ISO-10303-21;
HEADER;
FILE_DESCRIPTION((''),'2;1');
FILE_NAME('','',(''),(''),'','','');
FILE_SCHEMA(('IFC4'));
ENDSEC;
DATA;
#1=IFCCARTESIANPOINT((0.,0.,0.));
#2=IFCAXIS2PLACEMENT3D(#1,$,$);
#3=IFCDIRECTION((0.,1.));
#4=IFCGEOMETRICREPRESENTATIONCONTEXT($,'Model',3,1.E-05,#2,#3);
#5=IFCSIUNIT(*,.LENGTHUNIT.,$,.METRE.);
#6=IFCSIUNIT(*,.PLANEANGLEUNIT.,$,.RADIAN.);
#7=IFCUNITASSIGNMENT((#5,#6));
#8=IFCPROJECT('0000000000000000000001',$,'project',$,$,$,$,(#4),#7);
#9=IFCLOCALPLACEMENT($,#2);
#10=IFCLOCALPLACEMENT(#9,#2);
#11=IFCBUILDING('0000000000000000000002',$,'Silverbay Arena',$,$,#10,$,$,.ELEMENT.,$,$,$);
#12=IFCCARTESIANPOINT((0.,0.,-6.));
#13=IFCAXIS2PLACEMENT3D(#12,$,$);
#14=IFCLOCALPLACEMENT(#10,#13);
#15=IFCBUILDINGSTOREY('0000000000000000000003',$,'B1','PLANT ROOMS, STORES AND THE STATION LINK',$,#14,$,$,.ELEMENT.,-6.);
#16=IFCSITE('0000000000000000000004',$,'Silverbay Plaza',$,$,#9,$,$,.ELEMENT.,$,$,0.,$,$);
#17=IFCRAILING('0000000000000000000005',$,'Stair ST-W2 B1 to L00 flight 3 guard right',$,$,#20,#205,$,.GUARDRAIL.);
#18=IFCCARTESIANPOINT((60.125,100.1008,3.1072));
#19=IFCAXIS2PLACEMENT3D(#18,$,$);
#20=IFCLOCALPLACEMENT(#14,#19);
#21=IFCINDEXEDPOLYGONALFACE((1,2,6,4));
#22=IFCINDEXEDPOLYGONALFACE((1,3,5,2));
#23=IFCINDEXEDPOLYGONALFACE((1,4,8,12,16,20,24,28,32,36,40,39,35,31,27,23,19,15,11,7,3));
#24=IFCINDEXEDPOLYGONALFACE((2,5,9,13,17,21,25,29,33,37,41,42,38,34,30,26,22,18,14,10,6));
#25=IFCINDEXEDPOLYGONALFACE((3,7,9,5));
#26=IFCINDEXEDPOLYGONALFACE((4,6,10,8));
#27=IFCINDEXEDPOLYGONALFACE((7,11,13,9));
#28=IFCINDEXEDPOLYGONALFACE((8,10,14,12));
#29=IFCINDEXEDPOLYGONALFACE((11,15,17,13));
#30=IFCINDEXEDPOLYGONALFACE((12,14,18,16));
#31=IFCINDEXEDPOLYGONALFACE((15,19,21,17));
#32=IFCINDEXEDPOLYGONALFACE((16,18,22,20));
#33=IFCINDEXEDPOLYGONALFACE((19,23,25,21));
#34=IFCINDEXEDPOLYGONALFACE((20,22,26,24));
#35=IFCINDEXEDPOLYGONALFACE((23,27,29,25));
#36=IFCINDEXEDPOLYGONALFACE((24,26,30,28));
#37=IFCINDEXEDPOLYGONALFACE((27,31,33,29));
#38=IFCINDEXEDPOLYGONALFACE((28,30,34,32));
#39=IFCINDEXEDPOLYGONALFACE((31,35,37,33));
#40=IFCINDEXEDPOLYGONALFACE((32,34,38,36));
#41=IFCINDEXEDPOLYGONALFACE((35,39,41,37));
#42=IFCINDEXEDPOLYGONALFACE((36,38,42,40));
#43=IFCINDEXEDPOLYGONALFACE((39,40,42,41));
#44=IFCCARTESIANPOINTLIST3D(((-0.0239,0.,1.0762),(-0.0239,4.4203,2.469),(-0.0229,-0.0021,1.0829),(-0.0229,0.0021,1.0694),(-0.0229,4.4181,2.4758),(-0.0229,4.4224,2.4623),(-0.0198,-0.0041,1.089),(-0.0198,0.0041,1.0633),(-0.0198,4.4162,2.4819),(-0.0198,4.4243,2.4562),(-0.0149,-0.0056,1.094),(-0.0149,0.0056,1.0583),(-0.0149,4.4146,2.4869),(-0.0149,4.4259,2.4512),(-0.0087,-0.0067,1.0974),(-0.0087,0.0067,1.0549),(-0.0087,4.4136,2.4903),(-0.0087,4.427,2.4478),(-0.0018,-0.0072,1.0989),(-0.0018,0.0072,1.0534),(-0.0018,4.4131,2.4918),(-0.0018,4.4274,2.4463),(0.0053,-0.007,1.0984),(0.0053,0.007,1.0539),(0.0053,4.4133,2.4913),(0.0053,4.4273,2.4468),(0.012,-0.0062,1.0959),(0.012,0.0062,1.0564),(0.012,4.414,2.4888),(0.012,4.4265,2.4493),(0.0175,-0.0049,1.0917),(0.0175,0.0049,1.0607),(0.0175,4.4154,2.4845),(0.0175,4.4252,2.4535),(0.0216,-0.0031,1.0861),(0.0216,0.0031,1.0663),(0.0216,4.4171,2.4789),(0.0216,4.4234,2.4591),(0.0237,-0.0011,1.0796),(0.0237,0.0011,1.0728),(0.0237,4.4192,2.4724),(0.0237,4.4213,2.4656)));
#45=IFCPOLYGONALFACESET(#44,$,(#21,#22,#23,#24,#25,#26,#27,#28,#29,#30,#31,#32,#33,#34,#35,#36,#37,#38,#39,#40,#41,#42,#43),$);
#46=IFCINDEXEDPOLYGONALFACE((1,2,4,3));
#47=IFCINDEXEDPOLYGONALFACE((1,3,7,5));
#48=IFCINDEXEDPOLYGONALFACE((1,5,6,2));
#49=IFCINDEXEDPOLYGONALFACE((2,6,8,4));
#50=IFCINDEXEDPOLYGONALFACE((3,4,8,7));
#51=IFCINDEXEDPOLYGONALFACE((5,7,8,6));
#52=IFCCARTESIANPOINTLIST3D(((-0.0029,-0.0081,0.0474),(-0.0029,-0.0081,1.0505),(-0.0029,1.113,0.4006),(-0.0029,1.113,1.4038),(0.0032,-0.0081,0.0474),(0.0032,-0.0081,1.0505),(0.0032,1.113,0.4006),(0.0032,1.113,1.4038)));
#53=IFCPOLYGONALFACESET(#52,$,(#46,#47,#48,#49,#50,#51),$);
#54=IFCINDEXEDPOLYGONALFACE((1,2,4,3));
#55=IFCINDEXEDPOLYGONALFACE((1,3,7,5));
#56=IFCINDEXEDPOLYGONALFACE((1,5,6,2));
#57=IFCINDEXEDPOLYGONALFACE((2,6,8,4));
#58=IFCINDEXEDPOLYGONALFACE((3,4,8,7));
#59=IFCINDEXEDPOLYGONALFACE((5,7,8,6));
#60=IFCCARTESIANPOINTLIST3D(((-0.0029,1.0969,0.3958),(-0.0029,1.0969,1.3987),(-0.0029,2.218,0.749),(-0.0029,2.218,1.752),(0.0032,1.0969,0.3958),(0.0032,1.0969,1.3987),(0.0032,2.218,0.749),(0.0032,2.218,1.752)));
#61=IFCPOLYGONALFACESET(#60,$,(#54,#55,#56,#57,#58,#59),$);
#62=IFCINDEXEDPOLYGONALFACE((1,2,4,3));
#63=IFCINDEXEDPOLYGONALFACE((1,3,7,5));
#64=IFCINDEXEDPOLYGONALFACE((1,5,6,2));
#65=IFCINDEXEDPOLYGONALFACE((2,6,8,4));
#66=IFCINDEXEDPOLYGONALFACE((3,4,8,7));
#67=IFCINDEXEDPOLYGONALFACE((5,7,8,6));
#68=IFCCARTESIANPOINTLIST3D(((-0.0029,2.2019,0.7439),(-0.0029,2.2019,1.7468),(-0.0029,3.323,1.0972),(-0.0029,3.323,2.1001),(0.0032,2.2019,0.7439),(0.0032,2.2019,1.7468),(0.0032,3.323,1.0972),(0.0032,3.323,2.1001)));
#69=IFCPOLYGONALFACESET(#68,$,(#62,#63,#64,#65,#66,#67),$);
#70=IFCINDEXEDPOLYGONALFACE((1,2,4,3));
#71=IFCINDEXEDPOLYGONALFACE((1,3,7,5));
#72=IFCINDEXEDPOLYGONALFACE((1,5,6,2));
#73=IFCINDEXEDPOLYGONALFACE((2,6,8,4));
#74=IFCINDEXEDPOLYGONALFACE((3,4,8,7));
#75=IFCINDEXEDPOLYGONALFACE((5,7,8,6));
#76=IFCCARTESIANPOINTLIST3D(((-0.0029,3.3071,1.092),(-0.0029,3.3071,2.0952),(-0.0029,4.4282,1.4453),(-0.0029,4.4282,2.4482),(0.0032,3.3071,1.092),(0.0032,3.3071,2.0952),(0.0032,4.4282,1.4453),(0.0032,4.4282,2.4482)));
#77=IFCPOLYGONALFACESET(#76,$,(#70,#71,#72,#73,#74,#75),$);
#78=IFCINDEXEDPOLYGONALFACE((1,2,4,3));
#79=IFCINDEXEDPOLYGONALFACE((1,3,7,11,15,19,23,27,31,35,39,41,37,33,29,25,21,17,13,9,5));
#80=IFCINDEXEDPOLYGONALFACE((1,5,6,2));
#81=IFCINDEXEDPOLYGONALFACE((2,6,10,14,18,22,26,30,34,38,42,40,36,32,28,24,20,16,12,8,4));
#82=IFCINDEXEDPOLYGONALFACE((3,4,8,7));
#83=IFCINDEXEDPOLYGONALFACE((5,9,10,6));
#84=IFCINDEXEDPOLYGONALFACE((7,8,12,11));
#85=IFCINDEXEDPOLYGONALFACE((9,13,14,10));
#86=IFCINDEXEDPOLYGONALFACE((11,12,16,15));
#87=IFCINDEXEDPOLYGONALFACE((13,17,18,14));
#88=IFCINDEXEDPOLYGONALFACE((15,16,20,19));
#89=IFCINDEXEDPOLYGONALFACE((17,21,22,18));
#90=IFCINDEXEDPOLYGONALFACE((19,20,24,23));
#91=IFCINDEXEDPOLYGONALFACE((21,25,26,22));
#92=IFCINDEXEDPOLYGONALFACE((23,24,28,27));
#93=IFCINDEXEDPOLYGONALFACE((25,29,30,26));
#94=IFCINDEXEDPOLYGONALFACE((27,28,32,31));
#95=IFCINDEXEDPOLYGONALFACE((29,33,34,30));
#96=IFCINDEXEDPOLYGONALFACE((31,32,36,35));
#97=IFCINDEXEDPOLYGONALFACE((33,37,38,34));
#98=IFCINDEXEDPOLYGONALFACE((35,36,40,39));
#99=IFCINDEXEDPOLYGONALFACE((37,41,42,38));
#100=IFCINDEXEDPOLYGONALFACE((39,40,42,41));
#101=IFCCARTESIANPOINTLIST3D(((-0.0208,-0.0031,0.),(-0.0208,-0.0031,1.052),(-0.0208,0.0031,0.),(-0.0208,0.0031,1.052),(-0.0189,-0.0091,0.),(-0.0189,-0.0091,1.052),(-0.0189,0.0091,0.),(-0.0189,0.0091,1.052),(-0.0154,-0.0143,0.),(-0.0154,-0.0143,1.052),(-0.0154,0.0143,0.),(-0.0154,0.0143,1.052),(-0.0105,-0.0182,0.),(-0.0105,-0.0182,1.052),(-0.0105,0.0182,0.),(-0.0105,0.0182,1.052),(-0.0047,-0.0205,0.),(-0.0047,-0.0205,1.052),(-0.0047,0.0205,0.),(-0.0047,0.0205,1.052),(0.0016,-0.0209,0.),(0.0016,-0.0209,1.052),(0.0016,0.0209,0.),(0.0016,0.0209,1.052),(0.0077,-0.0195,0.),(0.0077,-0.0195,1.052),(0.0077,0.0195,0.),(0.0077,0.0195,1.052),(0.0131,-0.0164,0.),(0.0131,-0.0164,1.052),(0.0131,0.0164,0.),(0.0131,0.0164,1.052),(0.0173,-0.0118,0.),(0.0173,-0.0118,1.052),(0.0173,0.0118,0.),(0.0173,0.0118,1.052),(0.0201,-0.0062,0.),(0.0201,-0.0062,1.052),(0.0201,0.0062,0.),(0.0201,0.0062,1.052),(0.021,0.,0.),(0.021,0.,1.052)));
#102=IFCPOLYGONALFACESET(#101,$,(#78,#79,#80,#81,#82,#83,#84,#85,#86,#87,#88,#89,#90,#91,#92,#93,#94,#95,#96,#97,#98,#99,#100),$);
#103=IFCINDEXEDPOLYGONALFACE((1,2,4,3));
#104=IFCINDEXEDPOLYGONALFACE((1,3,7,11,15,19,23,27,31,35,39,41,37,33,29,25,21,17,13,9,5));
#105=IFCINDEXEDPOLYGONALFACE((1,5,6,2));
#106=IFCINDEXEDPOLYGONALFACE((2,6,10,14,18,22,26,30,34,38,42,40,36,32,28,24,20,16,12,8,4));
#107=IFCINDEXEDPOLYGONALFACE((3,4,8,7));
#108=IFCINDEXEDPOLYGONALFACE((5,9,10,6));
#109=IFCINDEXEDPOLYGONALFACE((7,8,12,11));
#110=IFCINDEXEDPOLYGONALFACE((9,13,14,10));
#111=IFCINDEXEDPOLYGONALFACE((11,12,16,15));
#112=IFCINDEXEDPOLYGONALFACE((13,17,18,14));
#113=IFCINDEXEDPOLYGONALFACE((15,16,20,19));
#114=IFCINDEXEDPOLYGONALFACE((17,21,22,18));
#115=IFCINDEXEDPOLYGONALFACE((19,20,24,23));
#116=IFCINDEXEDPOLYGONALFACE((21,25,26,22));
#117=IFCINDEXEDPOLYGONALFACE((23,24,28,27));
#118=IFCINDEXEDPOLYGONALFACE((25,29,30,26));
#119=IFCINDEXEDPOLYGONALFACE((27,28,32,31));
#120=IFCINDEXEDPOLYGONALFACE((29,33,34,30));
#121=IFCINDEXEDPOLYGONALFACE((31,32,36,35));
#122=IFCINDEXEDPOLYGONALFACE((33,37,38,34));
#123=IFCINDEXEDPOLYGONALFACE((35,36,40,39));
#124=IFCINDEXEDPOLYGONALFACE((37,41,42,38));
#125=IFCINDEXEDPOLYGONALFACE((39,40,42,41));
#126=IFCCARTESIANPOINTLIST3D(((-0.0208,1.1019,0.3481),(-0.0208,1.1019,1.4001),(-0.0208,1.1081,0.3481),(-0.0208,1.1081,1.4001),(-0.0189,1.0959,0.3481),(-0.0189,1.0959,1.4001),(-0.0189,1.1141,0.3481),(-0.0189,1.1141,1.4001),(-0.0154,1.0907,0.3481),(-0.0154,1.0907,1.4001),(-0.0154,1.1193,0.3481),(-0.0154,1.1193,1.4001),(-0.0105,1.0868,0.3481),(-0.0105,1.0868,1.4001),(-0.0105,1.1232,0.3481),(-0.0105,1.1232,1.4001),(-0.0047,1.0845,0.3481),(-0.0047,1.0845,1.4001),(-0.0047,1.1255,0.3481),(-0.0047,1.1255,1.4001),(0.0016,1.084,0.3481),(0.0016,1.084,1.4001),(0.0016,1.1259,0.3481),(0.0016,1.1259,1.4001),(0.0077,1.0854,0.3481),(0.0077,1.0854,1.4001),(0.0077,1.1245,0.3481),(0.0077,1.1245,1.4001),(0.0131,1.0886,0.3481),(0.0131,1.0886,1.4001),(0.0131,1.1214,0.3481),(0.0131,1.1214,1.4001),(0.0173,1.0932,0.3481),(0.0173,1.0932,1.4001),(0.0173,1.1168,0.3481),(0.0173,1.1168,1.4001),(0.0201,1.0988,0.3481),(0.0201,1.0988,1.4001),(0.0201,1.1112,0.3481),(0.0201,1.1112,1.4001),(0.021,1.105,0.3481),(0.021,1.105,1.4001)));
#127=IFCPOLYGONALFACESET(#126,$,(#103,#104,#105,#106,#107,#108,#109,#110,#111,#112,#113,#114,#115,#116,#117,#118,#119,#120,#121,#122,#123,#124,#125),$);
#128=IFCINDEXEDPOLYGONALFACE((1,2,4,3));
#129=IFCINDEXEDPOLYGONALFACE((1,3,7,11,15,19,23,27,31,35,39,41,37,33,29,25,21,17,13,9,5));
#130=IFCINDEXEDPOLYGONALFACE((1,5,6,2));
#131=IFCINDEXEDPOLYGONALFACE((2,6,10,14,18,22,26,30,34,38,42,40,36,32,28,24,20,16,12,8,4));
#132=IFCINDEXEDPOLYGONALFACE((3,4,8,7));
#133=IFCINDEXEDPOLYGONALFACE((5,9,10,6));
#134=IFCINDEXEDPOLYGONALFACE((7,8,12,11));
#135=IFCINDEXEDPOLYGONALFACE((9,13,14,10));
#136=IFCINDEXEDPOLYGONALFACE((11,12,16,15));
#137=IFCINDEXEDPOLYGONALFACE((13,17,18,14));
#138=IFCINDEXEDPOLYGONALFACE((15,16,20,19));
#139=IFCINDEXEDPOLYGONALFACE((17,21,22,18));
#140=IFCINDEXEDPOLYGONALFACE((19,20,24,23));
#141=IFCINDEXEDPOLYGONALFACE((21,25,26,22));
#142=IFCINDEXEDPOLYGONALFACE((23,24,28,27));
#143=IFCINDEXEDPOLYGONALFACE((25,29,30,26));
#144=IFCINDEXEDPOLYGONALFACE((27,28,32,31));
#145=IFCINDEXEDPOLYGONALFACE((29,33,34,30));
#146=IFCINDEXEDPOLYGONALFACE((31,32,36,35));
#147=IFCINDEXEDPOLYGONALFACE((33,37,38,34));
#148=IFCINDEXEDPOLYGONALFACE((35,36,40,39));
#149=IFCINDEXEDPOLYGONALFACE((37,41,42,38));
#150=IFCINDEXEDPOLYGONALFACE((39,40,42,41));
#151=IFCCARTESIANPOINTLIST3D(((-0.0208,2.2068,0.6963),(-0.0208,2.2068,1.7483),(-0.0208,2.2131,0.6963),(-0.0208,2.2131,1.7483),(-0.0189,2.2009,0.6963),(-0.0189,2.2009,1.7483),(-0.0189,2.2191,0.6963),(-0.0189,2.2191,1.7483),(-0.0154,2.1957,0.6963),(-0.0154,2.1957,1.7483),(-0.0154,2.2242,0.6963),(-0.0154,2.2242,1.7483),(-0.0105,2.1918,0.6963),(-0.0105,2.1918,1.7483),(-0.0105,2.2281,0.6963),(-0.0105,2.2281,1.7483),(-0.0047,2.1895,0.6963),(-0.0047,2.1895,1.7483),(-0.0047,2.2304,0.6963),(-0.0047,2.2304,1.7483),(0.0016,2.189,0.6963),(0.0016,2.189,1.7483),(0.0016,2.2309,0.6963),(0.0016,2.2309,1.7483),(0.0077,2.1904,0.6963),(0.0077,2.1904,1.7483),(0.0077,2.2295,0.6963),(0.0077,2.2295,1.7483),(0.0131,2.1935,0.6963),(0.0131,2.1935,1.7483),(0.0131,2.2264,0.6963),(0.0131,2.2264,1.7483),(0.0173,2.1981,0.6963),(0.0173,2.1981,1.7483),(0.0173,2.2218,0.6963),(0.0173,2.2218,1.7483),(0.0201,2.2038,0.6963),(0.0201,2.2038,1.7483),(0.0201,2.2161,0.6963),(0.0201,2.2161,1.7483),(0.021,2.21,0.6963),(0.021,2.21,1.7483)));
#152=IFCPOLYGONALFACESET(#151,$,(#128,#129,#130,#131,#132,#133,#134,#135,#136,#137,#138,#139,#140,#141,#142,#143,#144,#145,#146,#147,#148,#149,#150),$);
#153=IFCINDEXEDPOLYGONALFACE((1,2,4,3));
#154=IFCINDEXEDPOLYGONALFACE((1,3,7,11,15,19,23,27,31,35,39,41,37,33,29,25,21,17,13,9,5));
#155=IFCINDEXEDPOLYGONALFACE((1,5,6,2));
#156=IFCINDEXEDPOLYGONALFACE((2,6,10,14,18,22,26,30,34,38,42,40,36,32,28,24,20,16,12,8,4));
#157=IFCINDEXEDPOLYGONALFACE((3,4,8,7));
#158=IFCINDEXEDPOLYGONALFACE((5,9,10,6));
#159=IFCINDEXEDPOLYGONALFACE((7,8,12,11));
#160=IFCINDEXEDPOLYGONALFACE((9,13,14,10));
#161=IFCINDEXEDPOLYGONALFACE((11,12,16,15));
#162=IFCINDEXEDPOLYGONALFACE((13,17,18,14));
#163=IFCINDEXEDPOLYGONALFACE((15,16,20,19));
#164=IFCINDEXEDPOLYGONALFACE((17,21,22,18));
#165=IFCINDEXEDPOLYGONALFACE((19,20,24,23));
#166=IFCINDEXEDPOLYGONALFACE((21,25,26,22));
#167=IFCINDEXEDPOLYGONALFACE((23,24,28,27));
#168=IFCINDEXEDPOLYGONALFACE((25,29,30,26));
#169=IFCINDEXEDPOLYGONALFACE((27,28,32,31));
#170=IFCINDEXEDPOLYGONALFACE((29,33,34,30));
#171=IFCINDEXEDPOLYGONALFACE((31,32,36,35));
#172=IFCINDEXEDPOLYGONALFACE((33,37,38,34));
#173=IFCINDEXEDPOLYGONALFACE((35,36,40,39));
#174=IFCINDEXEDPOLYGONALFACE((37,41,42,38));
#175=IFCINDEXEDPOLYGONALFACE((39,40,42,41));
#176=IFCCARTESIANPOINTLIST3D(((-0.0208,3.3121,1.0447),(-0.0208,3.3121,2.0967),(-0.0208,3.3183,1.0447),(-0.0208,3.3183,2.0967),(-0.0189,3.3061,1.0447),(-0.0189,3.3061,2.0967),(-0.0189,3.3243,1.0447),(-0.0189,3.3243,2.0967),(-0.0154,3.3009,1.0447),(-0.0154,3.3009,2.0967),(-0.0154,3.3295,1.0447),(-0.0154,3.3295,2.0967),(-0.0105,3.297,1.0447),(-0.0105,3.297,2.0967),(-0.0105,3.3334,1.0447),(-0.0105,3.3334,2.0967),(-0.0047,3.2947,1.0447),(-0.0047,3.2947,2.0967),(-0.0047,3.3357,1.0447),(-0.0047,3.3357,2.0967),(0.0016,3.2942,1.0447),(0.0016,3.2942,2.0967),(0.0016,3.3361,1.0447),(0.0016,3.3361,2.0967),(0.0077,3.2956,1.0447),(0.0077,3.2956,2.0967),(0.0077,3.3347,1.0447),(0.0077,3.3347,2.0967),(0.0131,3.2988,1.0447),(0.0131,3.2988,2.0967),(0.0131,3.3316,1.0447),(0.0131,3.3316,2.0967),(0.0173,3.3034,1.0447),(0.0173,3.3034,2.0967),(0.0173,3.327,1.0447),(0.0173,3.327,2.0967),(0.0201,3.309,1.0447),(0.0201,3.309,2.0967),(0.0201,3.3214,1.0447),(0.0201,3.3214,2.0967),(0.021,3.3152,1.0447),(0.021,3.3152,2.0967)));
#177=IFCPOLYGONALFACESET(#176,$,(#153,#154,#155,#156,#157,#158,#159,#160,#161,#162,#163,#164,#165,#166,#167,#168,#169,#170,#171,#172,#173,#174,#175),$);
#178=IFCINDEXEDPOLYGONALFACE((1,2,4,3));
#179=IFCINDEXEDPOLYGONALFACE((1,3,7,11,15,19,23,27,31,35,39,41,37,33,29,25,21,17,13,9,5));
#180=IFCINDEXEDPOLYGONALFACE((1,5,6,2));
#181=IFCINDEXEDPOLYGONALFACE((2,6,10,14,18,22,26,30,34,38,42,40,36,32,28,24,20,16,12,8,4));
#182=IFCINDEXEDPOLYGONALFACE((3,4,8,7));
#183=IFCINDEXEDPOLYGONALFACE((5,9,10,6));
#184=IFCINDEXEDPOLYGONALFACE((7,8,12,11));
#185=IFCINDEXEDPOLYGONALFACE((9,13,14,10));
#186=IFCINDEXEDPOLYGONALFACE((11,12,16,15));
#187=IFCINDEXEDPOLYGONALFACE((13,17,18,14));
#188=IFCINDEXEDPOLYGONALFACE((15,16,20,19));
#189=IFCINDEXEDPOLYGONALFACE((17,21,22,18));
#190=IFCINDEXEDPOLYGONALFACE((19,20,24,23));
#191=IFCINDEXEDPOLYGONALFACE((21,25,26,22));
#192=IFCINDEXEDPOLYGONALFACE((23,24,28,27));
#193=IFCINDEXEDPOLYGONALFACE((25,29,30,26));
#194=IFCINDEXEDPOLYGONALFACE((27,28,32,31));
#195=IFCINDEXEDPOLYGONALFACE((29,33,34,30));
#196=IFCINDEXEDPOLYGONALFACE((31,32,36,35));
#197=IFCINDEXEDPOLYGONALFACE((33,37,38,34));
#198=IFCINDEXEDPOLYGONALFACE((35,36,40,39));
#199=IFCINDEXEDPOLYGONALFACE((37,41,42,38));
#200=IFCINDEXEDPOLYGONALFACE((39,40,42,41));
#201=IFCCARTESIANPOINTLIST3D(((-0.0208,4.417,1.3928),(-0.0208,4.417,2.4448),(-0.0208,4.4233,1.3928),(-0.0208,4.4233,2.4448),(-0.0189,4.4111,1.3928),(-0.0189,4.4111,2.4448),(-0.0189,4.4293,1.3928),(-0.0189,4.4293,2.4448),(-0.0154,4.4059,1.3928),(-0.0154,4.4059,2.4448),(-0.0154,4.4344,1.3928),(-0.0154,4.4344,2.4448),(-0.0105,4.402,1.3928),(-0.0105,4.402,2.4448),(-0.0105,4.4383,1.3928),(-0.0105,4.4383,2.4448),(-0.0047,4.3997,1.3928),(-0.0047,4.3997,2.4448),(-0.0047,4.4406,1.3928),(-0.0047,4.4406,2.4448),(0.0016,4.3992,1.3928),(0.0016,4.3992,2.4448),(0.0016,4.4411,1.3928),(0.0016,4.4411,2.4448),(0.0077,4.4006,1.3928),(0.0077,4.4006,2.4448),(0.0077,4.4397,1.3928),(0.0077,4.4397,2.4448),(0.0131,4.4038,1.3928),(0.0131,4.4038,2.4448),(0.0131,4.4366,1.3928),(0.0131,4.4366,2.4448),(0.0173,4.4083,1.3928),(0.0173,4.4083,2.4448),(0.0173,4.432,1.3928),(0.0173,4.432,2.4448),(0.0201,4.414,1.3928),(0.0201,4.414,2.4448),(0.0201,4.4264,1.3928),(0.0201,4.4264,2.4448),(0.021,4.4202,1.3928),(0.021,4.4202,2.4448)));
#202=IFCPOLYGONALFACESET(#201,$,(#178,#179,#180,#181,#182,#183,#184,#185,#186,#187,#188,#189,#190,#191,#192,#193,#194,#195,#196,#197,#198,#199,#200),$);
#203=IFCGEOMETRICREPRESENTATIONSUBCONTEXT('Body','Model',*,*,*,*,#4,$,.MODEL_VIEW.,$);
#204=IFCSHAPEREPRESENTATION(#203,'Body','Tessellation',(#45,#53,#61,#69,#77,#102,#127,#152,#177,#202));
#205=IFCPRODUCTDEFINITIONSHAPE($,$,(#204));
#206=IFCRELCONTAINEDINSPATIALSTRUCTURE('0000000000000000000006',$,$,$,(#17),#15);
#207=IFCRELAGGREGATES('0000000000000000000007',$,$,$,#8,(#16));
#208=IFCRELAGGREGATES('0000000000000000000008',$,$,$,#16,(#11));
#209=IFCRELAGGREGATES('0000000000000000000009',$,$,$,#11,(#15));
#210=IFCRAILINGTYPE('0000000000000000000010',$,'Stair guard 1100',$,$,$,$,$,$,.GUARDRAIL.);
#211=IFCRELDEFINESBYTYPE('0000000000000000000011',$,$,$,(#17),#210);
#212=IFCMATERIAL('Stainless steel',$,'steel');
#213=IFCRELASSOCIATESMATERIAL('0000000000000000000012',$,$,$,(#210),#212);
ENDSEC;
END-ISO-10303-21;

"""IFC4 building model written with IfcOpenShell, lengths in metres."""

from ifc_helpers import new_model, si_unit, direction, frame, origin, origin_2d, place, context, subcontext, project, spatial, polyline, circle, outline, extrude, material, type_object, element, save


model = new_model("IFC4")

# Units and contexts
model_context = context("Model", 3, precision=1e-05, world=origin(), true_north=direction((0.0, 1.0)))
body_context = subcontext(model_context, "Body", "Model", "MODEL_VIEW")
ifc_project = project(units=[si_unit("LENGTHUNIT", "METRE"), si_unit("PLANEANGLEUNIT", "RADIAN")], contexts=[model_context])

# Site, building, storey
site_placement = place(None, origin())
site = spatial("IfcSite", under=ifc_project, at=site_placement, Name="Silverbay Plaza", CompositionType="ELEMENT", RefElevation=0.0)
building_placement = place(site_placement, origin())
building = spatial("IfcBuilding", under=site, at=building_placement, Name="Silverbay Arena", CompositionType="ELEMENT")
storey_placement = place(building_placement, frame((0.0, 0.0, -6.0)))
storey = spatial("IfcBuildingStorey", under=building, at=storey_placement, Name="B1", Description="PLANT ROOMS, STORES AND THE STATION LINK", CompositionType="ELEMENT", Elevation=-6.0)

# Railing
ifc_material_1 = material(Name="Stainless steel", Category="steel")
railing_type_1 = type_object("IfcRailingType", Name="Stair guard 1100", PredefinedType="GUARDRAIL", material=ifc_material_1)
railing_1_placement = place(storey_placement, frame((60.125, 100.1008, 3.1072)))
element("IfcRailing", 1, at=railing_1_placement, inside=storey, type_object=railing_type_1, Name="Stair ST-W2 B1 to L00 flight 3 guard right", PredefinedType="GUARDRAIL", context=body_context, shape_type="SweptSolid", body=[
    extrude(circle(Radius=0.0239, at=origin_2d()), frame((0.0, 0.0, 1.0762), z_axis=(0.0, 0.95377, 0.300539), x_axis=(-1.0, 0.0, 0.0)), (0.0, 0.0, 1.0), 4.6345),
    extrude(outline(polyline([(-0.0081, 0.0474), (1.113, 0.4006), (1.113, 1.4038), (-0.0081, 1.0505), (-0.0081, 0.0474)])), frame((-0.0029, 0.0, 0.0), z_axis=(1.0, 0.0, 0.0), x_axis=(0.0, 1.0, 0.0)), (0.0, 0.0, 1.0), 0.0061),
    extrude(outline(polyline([(-0.0081, 0.3958), (1.113, 0.749), (1.113, 1.752), (-0.0081, 1.3987), (-0.0081, 0.3958)])), frame((-0.0029, 1.105, 0.0), z_axis=(1.0, 0.0, 0.0), x_axis=(0.0, 1.0, 0.0)), (0.0, 0.0, 1.0), 0.0061),
    extrude(outline(polyline([(-0.0081, 0.7439), (1.113, 1.0972), (1.113, 2.1001), (-0.0081, 1.7468), (-0.0081, 0.7439)])), frame((-0.0029, 2.21, 0.0), z_axis=(1.0, 0.0, 0.0), x_axis=(0.0, 1.0, 0.0)), (0.0, 0.0, 1.0), 0.0061),
    extrude(outline(polyline([(-0.0081, 1.092), (1.113, 1.4453), (1.113, 2.4482), (-0.0081, 2.0952), (-0.0081, 1.092)])), frame((-0.0029, 3.3152, 0.0), z_axis=(1.0, 0.0, 0.0), x_axis=(0.0, 1.0, 0.0)), (0.0, 0.0, 1.0), 0.0061),
    extrude(circle(Radius=0.021, at=origin_2d()), origin(), (0.0, 0.0, 1.0), 1.052),
    extrude(circle(Radius=0.021, at=origin_2d()), frame((0.0, 1.105, 0.3481)), (0.0, 0.0, 1.0), 1.052),
    extrude(circle(Radius=0.021, at=origin_2d()), frame((0.0, 2.21, 0.6963)), (0.0, 0.0, 1.0), 1.052),
    extrude(circle(Radius=0.021, at=origin_2d()), frame((0.0, 3.3152, 1.0447)), (0.0, 0.0, 1.0), 1.052),
    extrude(circle(Radius=0.021, at=origin_2d()), frame((0.0, 4.4202, 1.3928)), (0.0, 0.0, 1.0), 1.052),
])

save(model, "model.ifc")
